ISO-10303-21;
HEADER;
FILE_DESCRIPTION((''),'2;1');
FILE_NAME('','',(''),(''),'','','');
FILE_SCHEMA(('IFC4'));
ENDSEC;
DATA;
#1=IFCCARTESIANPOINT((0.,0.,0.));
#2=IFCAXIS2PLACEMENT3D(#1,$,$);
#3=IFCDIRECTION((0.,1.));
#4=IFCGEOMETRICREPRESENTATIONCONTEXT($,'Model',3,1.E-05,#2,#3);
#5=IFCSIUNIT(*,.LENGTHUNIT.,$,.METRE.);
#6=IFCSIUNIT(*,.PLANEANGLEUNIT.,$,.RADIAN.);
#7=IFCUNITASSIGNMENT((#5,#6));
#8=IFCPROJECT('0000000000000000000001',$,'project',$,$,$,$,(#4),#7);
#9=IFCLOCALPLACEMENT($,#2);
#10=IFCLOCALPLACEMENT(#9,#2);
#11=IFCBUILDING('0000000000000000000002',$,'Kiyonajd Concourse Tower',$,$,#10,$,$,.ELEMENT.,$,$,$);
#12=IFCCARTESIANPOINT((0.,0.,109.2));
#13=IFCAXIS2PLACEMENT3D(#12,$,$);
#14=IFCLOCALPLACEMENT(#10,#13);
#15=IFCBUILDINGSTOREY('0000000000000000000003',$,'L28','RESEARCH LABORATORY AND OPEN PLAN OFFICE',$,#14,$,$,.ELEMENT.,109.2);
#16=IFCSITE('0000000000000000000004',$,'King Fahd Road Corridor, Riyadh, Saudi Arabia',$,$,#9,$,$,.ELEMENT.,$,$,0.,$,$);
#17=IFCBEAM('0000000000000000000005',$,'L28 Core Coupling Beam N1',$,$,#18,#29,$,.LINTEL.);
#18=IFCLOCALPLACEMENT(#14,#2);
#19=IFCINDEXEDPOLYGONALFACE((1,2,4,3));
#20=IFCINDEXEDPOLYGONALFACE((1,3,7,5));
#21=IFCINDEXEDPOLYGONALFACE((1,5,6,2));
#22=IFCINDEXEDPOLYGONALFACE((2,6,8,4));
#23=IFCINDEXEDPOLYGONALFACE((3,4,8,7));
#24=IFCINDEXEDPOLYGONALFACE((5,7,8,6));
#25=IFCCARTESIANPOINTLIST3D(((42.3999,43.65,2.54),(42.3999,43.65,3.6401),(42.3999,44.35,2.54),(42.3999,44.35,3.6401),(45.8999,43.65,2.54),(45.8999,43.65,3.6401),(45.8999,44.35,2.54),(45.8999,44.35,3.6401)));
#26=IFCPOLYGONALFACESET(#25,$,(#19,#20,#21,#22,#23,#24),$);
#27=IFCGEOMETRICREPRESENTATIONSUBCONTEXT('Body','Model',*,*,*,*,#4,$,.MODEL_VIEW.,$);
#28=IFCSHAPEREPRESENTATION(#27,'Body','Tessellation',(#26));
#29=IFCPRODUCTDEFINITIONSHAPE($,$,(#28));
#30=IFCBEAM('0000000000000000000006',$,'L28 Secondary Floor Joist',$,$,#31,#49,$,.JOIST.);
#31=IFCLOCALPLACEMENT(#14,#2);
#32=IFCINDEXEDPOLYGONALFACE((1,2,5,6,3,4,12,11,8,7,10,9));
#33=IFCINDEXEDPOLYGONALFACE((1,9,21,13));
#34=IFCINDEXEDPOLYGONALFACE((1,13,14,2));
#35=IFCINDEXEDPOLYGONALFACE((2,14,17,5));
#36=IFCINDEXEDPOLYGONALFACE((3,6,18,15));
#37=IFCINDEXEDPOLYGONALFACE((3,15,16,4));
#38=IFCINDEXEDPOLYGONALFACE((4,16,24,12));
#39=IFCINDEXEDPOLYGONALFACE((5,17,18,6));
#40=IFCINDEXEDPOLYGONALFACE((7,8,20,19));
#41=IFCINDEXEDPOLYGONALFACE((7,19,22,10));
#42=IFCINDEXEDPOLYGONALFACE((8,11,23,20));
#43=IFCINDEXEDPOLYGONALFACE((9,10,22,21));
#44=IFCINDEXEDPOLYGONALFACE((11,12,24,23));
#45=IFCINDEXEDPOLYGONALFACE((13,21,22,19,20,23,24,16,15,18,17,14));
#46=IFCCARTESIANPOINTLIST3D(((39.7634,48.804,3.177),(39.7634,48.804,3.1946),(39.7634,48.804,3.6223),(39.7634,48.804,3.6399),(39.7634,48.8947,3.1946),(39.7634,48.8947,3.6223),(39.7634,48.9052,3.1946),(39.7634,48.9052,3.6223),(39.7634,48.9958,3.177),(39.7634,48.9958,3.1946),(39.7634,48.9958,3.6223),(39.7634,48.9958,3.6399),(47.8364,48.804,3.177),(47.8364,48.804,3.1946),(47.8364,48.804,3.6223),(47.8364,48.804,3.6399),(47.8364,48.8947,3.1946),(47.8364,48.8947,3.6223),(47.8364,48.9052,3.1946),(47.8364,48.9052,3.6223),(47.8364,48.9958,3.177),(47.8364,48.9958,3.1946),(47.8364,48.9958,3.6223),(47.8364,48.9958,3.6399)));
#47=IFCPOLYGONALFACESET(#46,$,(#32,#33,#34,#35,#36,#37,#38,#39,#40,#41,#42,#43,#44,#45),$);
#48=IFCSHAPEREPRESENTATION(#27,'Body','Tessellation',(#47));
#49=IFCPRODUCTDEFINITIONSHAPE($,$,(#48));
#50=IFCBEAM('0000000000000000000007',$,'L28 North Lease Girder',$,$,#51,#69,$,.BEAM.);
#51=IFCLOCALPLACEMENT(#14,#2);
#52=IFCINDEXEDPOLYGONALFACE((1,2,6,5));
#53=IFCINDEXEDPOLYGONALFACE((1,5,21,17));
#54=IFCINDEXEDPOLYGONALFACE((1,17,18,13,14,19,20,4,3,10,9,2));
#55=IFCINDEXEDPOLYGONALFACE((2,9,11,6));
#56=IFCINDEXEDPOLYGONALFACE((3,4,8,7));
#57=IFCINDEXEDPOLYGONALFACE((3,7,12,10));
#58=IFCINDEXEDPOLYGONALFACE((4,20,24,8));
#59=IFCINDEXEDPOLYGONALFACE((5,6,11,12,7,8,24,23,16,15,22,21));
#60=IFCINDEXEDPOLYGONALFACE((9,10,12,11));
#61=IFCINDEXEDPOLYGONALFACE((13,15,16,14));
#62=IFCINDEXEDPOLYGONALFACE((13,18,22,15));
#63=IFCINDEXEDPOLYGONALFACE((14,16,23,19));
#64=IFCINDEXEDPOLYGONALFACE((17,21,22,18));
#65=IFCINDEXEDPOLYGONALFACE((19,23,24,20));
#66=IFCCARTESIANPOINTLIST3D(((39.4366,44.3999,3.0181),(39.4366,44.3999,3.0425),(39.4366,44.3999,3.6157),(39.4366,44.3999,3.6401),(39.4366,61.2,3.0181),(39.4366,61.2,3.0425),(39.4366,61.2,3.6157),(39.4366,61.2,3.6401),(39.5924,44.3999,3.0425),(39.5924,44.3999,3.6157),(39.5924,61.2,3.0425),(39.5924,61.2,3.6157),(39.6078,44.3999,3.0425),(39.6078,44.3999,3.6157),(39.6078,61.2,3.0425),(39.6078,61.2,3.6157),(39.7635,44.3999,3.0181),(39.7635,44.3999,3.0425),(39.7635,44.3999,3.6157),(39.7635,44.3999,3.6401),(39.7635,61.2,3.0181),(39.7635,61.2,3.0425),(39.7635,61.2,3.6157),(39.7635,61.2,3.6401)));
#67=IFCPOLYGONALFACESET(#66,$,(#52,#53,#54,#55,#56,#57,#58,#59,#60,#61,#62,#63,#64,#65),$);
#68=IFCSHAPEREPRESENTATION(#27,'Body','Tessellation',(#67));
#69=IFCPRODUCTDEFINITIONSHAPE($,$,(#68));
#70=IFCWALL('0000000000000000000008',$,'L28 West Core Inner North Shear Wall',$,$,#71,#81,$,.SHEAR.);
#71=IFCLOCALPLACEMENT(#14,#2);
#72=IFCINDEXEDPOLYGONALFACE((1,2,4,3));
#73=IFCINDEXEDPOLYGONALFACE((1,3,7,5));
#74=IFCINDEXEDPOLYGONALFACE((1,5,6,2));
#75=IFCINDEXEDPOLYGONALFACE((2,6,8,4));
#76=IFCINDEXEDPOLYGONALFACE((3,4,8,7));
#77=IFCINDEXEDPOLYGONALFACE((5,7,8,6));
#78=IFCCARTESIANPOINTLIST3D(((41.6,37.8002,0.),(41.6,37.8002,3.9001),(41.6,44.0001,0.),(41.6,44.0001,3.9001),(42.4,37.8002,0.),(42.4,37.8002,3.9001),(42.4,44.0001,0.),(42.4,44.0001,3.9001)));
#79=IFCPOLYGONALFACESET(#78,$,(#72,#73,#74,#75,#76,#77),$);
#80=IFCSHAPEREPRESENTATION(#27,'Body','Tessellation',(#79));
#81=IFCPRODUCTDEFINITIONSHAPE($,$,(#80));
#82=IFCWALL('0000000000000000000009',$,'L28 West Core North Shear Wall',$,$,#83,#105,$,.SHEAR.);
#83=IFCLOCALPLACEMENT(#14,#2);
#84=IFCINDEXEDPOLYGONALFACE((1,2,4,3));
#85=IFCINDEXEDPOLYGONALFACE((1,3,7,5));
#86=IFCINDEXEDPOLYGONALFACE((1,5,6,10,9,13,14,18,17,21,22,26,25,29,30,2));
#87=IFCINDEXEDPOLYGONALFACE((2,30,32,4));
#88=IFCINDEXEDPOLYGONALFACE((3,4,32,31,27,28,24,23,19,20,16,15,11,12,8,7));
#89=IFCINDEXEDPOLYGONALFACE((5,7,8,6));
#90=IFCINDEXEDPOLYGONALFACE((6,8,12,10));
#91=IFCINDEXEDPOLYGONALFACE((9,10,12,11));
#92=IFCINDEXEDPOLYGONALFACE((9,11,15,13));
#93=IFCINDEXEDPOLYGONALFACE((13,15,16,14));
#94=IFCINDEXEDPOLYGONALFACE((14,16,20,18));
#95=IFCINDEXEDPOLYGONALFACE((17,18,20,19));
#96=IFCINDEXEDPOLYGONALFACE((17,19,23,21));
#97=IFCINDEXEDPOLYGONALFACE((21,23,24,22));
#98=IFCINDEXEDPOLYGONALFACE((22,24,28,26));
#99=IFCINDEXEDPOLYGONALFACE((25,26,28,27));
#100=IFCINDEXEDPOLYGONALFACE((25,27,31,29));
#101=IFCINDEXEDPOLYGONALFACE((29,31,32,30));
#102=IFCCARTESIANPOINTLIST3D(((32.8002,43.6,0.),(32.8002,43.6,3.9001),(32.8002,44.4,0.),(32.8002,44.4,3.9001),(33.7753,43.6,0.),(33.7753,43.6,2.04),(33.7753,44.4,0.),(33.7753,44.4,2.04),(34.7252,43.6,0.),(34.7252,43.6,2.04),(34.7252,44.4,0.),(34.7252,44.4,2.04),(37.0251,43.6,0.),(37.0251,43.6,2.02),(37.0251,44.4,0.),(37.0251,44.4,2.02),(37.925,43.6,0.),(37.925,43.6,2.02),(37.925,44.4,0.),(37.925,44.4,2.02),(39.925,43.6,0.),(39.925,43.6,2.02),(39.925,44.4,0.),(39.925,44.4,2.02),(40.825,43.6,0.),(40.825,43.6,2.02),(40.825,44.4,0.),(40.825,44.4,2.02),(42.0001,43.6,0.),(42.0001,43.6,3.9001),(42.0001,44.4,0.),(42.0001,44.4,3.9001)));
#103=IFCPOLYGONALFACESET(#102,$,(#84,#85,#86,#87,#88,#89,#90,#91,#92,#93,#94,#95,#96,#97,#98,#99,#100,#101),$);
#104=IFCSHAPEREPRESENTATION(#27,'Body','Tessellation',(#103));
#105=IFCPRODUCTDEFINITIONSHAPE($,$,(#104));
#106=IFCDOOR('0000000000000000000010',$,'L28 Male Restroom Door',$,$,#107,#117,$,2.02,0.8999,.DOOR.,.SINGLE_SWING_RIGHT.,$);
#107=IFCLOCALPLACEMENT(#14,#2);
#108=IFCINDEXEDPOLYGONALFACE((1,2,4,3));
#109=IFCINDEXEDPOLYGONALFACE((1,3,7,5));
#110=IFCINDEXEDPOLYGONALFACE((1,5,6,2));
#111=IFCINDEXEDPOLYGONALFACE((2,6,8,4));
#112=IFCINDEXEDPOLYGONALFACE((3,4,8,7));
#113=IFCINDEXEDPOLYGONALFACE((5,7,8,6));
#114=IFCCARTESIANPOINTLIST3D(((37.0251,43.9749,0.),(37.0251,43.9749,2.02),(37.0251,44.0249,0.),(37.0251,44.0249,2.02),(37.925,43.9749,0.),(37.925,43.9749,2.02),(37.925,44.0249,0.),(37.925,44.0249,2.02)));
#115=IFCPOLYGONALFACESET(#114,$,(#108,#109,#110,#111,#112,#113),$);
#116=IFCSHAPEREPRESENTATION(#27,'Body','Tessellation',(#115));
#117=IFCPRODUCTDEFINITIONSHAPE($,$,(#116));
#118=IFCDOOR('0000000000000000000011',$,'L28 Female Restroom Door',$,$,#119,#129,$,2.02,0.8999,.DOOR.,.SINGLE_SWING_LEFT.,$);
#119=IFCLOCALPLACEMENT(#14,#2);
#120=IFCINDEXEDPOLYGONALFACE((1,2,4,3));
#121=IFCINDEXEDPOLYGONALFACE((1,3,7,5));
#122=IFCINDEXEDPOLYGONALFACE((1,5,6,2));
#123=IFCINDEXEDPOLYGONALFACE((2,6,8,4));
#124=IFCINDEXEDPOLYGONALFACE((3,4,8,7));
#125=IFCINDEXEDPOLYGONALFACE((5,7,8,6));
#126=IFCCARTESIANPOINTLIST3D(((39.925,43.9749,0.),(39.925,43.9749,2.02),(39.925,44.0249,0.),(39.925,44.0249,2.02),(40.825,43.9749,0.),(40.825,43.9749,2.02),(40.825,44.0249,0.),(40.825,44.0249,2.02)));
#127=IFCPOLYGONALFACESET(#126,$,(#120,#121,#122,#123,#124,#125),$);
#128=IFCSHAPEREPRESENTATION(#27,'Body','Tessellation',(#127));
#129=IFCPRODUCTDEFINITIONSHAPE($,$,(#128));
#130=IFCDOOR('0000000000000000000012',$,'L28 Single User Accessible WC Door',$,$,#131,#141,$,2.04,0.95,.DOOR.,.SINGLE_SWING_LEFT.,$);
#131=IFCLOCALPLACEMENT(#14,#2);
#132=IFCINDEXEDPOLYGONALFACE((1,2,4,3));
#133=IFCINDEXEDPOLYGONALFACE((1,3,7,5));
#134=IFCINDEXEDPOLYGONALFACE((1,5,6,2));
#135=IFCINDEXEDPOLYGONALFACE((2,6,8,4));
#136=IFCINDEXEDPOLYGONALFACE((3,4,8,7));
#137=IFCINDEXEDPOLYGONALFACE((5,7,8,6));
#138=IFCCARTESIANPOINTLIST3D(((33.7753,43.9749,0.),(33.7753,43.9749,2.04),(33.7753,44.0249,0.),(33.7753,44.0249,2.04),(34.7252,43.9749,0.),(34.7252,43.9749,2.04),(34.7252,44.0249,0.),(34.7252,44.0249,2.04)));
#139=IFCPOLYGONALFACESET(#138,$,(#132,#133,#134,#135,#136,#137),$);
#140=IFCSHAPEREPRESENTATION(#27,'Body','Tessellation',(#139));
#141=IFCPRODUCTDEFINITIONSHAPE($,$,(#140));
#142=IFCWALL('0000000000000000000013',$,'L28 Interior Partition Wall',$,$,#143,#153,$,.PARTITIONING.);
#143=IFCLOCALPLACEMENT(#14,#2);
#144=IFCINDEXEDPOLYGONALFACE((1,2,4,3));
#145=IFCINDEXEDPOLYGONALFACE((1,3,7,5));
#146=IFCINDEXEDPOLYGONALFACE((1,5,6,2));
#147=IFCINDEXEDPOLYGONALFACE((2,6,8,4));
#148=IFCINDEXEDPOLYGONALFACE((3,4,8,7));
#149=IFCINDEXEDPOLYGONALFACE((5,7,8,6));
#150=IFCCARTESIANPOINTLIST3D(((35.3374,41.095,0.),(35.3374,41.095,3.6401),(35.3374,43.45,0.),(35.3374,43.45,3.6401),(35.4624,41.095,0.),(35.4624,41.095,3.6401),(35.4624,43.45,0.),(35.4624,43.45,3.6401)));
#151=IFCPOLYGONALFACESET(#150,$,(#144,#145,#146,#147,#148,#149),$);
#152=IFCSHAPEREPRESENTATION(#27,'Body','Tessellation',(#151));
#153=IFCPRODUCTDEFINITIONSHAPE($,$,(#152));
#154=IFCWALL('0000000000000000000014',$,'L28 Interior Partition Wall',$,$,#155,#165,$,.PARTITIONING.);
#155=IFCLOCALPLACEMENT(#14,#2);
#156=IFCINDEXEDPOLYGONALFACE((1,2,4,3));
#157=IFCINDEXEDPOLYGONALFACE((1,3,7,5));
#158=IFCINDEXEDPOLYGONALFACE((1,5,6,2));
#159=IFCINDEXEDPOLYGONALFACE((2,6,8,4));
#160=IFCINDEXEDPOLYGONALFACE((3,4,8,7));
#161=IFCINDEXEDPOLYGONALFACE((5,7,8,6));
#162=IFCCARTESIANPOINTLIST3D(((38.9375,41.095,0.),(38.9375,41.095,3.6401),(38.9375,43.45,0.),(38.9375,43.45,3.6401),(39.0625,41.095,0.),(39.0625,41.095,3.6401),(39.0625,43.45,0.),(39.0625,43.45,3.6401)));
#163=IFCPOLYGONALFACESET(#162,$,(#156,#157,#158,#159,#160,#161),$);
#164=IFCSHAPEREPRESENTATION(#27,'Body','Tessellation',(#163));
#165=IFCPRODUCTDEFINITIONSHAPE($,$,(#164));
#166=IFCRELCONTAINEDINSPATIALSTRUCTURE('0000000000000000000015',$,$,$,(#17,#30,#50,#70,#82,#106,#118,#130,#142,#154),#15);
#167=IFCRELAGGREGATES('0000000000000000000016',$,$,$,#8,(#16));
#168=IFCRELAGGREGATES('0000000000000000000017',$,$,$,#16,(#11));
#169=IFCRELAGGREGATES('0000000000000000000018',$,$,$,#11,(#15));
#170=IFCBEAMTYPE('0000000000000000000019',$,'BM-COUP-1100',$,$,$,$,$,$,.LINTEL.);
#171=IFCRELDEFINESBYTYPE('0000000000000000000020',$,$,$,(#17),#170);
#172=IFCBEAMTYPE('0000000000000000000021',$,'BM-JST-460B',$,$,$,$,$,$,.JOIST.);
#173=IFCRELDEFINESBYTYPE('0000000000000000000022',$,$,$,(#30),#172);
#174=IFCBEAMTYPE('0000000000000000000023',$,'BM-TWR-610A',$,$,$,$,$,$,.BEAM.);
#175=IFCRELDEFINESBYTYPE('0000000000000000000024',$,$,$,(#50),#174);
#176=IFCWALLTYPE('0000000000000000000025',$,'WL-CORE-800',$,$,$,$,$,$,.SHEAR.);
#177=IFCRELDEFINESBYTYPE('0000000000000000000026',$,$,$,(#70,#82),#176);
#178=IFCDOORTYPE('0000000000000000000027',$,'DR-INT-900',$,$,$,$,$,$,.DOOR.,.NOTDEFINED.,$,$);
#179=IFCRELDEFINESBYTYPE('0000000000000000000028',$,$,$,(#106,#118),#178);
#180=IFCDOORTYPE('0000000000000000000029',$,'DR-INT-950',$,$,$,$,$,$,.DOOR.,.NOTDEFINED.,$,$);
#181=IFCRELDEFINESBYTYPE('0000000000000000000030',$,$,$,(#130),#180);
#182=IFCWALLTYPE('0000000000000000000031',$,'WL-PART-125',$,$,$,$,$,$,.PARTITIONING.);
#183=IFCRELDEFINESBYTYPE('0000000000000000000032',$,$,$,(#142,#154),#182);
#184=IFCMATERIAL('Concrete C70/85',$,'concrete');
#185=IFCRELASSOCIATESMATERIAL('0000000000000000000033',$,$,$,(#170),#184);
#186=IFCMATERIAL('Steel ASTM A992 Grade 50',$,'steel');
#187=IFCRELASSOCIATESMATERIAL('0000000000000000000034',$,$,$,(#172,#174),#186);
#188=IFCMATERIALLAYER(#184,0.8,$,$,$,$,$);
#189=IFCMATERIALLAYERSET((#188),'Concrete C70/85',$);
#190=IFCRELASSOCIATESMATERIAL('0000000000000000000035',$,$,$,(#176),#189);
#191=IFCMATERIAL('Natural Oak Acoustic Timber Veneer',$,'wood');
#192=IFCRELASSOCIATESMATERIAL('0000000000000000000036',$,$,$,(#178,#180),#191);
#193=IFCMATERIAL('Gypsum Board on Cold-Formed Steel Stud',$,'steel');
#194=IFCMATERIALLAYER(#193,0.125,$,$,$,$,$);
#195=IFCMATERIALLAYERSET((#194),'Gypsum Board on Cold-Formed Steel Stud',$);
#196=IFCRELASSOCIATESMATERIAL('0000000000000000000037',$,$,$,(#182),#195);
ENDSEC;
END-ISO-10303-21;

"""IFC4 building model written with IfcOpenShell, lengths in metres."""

from ifc_helpers import new_model, si_unit, direction, frame, frame_2d, origin, origin_2d, place, context, subcontext, project, spatial, rectangle, i_section, extrude, material, layer, layer_set, material_profile, profile_set, type_object, element, fill, save


model = new_model("IFC4")

# Units and contexts
model_context = context("Model", 3, precision=1e-05, world=origin(), true_north=direction((0.0, 1.0)))
body_context = subcontext(model_context, "Body", "Model", "MODEL_VIEW")
ifc_project = project(units=[si_unit("LENGTHUNIT", "METRE"), si_unit("PLANEANGLEUNIT", "RADIAN")], contexts=[model_context])

# Site, building, storey
site_placement = place(None, origin())
site = spatial("IfcSite", under=ifc_project, at=site_placement, Name="King Fahd Road Corridor, Riyadh, Saudi Arabia", CompositionType="ELEMENT", RefElevation=0.0)
building_placement = place(site_placement, origin())
building = spatial("IfcBuilding", under=site, at=building_placement, Name="Kiyonajd Concourse Tower", CompositionType="ELEMENT")
storey_placement = place(building_placement, frame((0.0, 0.0, 109.2)))
storey = spatial("IfcBuildingStorey", under=building, at=storey_placement, Name="L28", Description="RESEARCH LABORATORY AND OPEN PLAN OFFICE", CompositionType="ELEMENT", Elevation=109.2)

# Beams
ifc_material_1 = material(Name="Concrete C70/85", Category="concrete")
ifc_material_profile_1 = material_profile(ifc_material_1, rectangle(XDim=0.7, YDim=1.1001, at=origin_2d()), Name="RCBM-700x1100")
ifc_profile_set_1 = profile_set([ifc_material_profile_1], Name="Concrete C70/85")
beam_type_1 = type_object("IfcBeamType", Name="BM-COUP-1100", PredefinedType="LINTEL", material=ifc_profile_set_1)
beam_1_placement = place(storey_placement, frame((42.3999, 44.0, 3.0901), z_axis=(1.0, 0.0, 0.0), x_axis=(0.0, 1.0, 0.0)))
element("IfcBeam", 1, at=beam_1_placement, inside=storey, type_object=beam_type_1, Name="L28 Core Coupling Beam N1", PredefinedType="LINTEL", context=body_context, shape_type="SweptSolid", body=[
    extrude(rectangle(XDim=0.7, YDim=1.1001, at=origin_2d()), origin(), (0.0, 0.0, 1.0), 3.5),
])
ifc_material_2 = material(Name="Steel ASTM A992 Grade 50", Category="steel")
ifc_material_profile_2 = material_profile(ifc_material_2, i_section(OverallWidth=0.1919, OverallDepth=0.4629, WebThickness=0.0105, FlangeThickness=0.0176, at=origin_2d()), Name="W460X89")
ifc_profile_set_2 = profile_set([ifc_material_profile_2], Name="Steel ASTM A992 Grade 50")
beam_type_2 = type_object("IfcBeamType", Name="BM-JST-460B", PredefinedType="JOIST", material=ifc_profile_set_2)
beam_2_placement = place(storey_placement, frame((39.7634, 48.8999, 3.4084), z_axis=(1.0, 0.0, 0.0), x_axis=(0.0, 1.0, 0.0)))
element("IfcBeam", 2, at=beam_2_placement, inside=storey, type_object=beam_type_2, Name="L28 Secondary Floor Joist", PredefinedType="JOIST", context=body_context, shape_type="SweptSolid", body=[
    extrude(i_section(OverallWidth=0.1919, OverallDepth=0.4629, WebThickness=0.0105, FlangeThickness=0.0176, at=origin_2d()), origin(), (0.0, 0.0, 1.0), 8.073),
])
ifc_material_profile_3 = material_profile(ifc_material_2, i_section(OverallWidth=0.3269, OverallDepth=0.6221, WebThickness=0.0154, FlangeThickness=0.0244, at=origin_2d()), Name="W610X195")
ifc_profile_set_3 = profile_set([ifc_material_profile_3], Name="Steel ASTM A992 Grade 50")
beam_type_3 = type_object("IfcBeamType", Name="BM-TWR-610A", PredefinedType="BEAM", material=ifc_profile_set_3)
beam_3_placement = place(storey_placement, frame((39.6001, 44.3999, 3.3291), z_axis=(0.0, 1.0, 0.0), x_axis=(-1.0, 0.0, 0.0)))
element("IfcBeam", 3, at=beam_3_placement, inside=storey, type_object=beam_type_3, Name="L28 North Lease Girder", PredefinedType="BEAM", context=body_context, shape_type="SweptSolid", body=[
    extrude(i_section(OverallWidth=0.3269, OverallDepth=0.6221, WebThickness=0.0154, FlangeThickness=0.0244, at=origin_2d()), origin(), (0.0, 0.0, 1.0), 16.8),
])

# Wall
ifc_layer_1 = layer(ifc_material_1, 0.8)
ifc_layer_set_1 = layer_set([ifc_layer_1], Name="Concrete C70/85")
wall_type_1 = type_object("IfcWallType", Name="WL-CORE-800", PredefinedType="SHEAR", material=ifc_layer_set_1)
wall_1_placement = place(storey_placement, frame((42.0, 37.8, 0.0), z_axis=(0.0, 0.0, 1.0), x_axis=(0.0, 1.0, 0.0)))
element("IfcWall", 4, at=wall_1_placement, inside=storey, type_object=wall_type_1, Name="L28 West Core Inner North Shear Wall", PredefinedType="SHEAR", context=body_context, shape_type="SweptSolid", body=[
    extrude(rectangle(XDim=6.2, YDim=0.8, at=frame_2d((3.1001, 0.0))), origin(), (0.0, 0.0, 1.0), 3.9001),
])

# Wall, openings, doors
wall_2_placement = place(storey_placement, frame((32.8, 44.0, 0.0), z_axis=(0.0, 0.0, 1.0), x_axis=(1.0, 0.0, 0.0)))
wall_2 = element("IfcWall", 5, at=wall_2_placement, inside=storey, type_object=wall_type_1, Name="L28 West Core North Shear Wall", PredefinedType="SHEAR", context=body_context, shape_type="SweptSolid", body=[
    extrude(rectangle(XDim=9.2, YDim=0.8, at=frame_2d((4.6001, 0.0))), origin(), (0.0, 0.0, 1.0), 3.9001),
])
opening_1_placement = place(wall_2_placement, frame((0.9751, 0.0, 0.0)))
opening_1 = element("IfcOpeningElement", 6, at=opening_1_placement, cuts=wall_2, PredefinedType="OPENING", context=body_context, shape_type="SweptSolid", body=[
    extrude(rectangle(XDim=0.95, YDim=2.04, at=frame_2d((0.4751, 1.02))), frame((0.0, 0.4099, 0.0), z_axis=(0.0, -1.0, 0.0), x_axis=(1.0, 0.0, 0.0)), (0.0, 0.0, 1.0), 0.8201),
])
opening_2_placement = place(wall_2_placement, frame((4.2251, 0.0, 0.0)))
opening_2 = element("IfcOpeningElement", 7, at=opening_2_placement, cuts=wall_2, PredefinedType="OPENING", context=body_context, shape_type="SweptSolid", body=[
    extrude(rectangle(XDim=0.8999, YDim=2.02, at=frame_2d((0.45, 1.01))), frame((0.0, 0.4099, 0.0), z_axis=(0.0, -1.0, 0.0), x_axis=(1.0, 0.0, 0.0)), (0.0, 0.0, 1.0), 0.8201),
])
opening_3_placement = place(wall_2_placement, frame((7.125, 0.0, 0.0)))
opening_3 = element("IfcOpeningElement", 8, at=opening_3_placement, cuts=wall_2, PredefinedType="OPENING", context=body_context, shape_type="SweptSolid", body=[
    extrude(rectangle(XDim=0.8999, YDim=2.02, at=frame_2d((0.45, 1.01))), frame((0.0, 0.4099, 0.0), z_axis=(0.0, -1.0, 0.0), x_axis=(1.0, 0.0, 0.0)), (0.0, 0.0, 1.0), 0.8201),
])
ifc_material_3 = material(Name="Natural Oak Acoustic Timber Veneer", Category="wood")
door_type_1 = type_object("IfcDoorType", Name="DR-INT-900", OperationType="NOTDEFINED", PredefinedType="DOOR", material=ifc_material_3)
door_1_placement = place(opening_2_placement, origin())
door_1 = element("IfcDoor", 9, at=door_1_placement, inside=storey, type_object=door_type_1, Name="L28 Male Restroom Door", OperationType="SINGLE_SWING_RIGHT", OverallHeight=2.02, OverallWidth=0.8999, PredefinedType="DOOR", context=body_context, shape_type="SweptSolid", body=[
    extrude(rectangle(XDim=0.8999, YDim=2.02, at=frame_2d((0.45, 1.01))), frame((0.0, 0.0249, 0.0), z_axis=(0.0, -1.0, 0.0), x_axis=(1.0, 0.0, 0.0)), (0.0, 0.0, 1.0), 0.05),
])
fill(opening_2, door_1)
door_2_placement = place(opening_3_placement, origin())
door_2 = element("IfcDoor", 10, at=door_2_placement, inside=storey, type_object=door_type_1, Name="L28 Female Restroom Door", OperationType="SINGLE_SWING_LEFT", OverallHeight=2.02, OverallWidth=0.8999, PredefinedType="DOOR", context=body_context, shape_type="SweptSolid", body=[
    extrude(rectangle(XDim=0.8999, YDim=2.02, at=frame_2d((0.45, 1.01))), frame((0.0, 0.0249, 0.0), z_axis=(0.0, -1.0, 0.0), x_axis=(1.0, 0.0, 0.0)), (0.0, 0.0, 1.0), 0.05),
])
fill(opening_3, door_2)
door_type_2 = type_object("IfcDoorType", Name="DR-INT-950", OperationType="NOTDEFINED", PredefinedType="DOOR", material=ifc_material_3)
door_3_placement = place(opening_1_placement, origin())
door_3 = element("IfcDoor", 11, at=door_3_placement, inside=storey, type_object=door_type_2, Name="L28 Single User Accessible WC Door", OperationType="SINGLE_SWING_LEFT", OverallHeight=2.04, OverallWidth=0.95, PredefinedType="DOOR", context=body_context, shape_type="SweptSolid", body=[
    extrude(rectangle(XDim=0.95, YDim=2.04, at=frame_2d((0.4751, 1.02))), frame((0.0, 0.0249, 0.0), z_axis=(0.0, -1.0, 0.0), x_axis=(1.0, 0.0, 0.0)), (0.0, 0.0, 1.0), 0.05),
])
fill(opening_1, door_3)

# Walls
ifc_material_4 = material(Name="Gypsum Board on Cold-Formed Steel Stud", Category="steel")
ifc_layer_2 = layer(ifc_material_4, 0.125)
ifc_layer_set_2 = layer_set([ifc_layer_2], Name="Gypsum Board on Cold-Formed Steel Stud")
wall_type_2 = type_object("IfcWallType", Name="WL-PART-125", PredefinedType="PARTITIONING", material=ifc_layer_set_2)
for number, where, z_axis, x_axis, name in (
    (12, (35.3999, 41.095, 0.0), (0.0, 0.0, 1.0), (0.0, 1.0, 0.0), "L28 Interior Partition Wall"),
    (13, (39.0, 41.095, 0.0), (0.0, 0.0, 1.0), (0.0, 1.0, 0.0), "L28 Interior Partition Wall"),
):
    element("IfcWall", number, at=place(storey_placement, frame(where, z_axis=z_axis, x_axis=x_axis)), inside=storey, type_object=wall_type_2, Name=name, PredefinedType="PARTITIONING", context=body_context, shape_type="SweptSolid", body=[
        extrude(rectangle(XDim=2.355, YDim=0.125, at=frame_2d((1.1775, 0.0))), origin(), (0.0, 0.0, 1.0), 3.6401),
    ])

save(model, "model.ifc")
